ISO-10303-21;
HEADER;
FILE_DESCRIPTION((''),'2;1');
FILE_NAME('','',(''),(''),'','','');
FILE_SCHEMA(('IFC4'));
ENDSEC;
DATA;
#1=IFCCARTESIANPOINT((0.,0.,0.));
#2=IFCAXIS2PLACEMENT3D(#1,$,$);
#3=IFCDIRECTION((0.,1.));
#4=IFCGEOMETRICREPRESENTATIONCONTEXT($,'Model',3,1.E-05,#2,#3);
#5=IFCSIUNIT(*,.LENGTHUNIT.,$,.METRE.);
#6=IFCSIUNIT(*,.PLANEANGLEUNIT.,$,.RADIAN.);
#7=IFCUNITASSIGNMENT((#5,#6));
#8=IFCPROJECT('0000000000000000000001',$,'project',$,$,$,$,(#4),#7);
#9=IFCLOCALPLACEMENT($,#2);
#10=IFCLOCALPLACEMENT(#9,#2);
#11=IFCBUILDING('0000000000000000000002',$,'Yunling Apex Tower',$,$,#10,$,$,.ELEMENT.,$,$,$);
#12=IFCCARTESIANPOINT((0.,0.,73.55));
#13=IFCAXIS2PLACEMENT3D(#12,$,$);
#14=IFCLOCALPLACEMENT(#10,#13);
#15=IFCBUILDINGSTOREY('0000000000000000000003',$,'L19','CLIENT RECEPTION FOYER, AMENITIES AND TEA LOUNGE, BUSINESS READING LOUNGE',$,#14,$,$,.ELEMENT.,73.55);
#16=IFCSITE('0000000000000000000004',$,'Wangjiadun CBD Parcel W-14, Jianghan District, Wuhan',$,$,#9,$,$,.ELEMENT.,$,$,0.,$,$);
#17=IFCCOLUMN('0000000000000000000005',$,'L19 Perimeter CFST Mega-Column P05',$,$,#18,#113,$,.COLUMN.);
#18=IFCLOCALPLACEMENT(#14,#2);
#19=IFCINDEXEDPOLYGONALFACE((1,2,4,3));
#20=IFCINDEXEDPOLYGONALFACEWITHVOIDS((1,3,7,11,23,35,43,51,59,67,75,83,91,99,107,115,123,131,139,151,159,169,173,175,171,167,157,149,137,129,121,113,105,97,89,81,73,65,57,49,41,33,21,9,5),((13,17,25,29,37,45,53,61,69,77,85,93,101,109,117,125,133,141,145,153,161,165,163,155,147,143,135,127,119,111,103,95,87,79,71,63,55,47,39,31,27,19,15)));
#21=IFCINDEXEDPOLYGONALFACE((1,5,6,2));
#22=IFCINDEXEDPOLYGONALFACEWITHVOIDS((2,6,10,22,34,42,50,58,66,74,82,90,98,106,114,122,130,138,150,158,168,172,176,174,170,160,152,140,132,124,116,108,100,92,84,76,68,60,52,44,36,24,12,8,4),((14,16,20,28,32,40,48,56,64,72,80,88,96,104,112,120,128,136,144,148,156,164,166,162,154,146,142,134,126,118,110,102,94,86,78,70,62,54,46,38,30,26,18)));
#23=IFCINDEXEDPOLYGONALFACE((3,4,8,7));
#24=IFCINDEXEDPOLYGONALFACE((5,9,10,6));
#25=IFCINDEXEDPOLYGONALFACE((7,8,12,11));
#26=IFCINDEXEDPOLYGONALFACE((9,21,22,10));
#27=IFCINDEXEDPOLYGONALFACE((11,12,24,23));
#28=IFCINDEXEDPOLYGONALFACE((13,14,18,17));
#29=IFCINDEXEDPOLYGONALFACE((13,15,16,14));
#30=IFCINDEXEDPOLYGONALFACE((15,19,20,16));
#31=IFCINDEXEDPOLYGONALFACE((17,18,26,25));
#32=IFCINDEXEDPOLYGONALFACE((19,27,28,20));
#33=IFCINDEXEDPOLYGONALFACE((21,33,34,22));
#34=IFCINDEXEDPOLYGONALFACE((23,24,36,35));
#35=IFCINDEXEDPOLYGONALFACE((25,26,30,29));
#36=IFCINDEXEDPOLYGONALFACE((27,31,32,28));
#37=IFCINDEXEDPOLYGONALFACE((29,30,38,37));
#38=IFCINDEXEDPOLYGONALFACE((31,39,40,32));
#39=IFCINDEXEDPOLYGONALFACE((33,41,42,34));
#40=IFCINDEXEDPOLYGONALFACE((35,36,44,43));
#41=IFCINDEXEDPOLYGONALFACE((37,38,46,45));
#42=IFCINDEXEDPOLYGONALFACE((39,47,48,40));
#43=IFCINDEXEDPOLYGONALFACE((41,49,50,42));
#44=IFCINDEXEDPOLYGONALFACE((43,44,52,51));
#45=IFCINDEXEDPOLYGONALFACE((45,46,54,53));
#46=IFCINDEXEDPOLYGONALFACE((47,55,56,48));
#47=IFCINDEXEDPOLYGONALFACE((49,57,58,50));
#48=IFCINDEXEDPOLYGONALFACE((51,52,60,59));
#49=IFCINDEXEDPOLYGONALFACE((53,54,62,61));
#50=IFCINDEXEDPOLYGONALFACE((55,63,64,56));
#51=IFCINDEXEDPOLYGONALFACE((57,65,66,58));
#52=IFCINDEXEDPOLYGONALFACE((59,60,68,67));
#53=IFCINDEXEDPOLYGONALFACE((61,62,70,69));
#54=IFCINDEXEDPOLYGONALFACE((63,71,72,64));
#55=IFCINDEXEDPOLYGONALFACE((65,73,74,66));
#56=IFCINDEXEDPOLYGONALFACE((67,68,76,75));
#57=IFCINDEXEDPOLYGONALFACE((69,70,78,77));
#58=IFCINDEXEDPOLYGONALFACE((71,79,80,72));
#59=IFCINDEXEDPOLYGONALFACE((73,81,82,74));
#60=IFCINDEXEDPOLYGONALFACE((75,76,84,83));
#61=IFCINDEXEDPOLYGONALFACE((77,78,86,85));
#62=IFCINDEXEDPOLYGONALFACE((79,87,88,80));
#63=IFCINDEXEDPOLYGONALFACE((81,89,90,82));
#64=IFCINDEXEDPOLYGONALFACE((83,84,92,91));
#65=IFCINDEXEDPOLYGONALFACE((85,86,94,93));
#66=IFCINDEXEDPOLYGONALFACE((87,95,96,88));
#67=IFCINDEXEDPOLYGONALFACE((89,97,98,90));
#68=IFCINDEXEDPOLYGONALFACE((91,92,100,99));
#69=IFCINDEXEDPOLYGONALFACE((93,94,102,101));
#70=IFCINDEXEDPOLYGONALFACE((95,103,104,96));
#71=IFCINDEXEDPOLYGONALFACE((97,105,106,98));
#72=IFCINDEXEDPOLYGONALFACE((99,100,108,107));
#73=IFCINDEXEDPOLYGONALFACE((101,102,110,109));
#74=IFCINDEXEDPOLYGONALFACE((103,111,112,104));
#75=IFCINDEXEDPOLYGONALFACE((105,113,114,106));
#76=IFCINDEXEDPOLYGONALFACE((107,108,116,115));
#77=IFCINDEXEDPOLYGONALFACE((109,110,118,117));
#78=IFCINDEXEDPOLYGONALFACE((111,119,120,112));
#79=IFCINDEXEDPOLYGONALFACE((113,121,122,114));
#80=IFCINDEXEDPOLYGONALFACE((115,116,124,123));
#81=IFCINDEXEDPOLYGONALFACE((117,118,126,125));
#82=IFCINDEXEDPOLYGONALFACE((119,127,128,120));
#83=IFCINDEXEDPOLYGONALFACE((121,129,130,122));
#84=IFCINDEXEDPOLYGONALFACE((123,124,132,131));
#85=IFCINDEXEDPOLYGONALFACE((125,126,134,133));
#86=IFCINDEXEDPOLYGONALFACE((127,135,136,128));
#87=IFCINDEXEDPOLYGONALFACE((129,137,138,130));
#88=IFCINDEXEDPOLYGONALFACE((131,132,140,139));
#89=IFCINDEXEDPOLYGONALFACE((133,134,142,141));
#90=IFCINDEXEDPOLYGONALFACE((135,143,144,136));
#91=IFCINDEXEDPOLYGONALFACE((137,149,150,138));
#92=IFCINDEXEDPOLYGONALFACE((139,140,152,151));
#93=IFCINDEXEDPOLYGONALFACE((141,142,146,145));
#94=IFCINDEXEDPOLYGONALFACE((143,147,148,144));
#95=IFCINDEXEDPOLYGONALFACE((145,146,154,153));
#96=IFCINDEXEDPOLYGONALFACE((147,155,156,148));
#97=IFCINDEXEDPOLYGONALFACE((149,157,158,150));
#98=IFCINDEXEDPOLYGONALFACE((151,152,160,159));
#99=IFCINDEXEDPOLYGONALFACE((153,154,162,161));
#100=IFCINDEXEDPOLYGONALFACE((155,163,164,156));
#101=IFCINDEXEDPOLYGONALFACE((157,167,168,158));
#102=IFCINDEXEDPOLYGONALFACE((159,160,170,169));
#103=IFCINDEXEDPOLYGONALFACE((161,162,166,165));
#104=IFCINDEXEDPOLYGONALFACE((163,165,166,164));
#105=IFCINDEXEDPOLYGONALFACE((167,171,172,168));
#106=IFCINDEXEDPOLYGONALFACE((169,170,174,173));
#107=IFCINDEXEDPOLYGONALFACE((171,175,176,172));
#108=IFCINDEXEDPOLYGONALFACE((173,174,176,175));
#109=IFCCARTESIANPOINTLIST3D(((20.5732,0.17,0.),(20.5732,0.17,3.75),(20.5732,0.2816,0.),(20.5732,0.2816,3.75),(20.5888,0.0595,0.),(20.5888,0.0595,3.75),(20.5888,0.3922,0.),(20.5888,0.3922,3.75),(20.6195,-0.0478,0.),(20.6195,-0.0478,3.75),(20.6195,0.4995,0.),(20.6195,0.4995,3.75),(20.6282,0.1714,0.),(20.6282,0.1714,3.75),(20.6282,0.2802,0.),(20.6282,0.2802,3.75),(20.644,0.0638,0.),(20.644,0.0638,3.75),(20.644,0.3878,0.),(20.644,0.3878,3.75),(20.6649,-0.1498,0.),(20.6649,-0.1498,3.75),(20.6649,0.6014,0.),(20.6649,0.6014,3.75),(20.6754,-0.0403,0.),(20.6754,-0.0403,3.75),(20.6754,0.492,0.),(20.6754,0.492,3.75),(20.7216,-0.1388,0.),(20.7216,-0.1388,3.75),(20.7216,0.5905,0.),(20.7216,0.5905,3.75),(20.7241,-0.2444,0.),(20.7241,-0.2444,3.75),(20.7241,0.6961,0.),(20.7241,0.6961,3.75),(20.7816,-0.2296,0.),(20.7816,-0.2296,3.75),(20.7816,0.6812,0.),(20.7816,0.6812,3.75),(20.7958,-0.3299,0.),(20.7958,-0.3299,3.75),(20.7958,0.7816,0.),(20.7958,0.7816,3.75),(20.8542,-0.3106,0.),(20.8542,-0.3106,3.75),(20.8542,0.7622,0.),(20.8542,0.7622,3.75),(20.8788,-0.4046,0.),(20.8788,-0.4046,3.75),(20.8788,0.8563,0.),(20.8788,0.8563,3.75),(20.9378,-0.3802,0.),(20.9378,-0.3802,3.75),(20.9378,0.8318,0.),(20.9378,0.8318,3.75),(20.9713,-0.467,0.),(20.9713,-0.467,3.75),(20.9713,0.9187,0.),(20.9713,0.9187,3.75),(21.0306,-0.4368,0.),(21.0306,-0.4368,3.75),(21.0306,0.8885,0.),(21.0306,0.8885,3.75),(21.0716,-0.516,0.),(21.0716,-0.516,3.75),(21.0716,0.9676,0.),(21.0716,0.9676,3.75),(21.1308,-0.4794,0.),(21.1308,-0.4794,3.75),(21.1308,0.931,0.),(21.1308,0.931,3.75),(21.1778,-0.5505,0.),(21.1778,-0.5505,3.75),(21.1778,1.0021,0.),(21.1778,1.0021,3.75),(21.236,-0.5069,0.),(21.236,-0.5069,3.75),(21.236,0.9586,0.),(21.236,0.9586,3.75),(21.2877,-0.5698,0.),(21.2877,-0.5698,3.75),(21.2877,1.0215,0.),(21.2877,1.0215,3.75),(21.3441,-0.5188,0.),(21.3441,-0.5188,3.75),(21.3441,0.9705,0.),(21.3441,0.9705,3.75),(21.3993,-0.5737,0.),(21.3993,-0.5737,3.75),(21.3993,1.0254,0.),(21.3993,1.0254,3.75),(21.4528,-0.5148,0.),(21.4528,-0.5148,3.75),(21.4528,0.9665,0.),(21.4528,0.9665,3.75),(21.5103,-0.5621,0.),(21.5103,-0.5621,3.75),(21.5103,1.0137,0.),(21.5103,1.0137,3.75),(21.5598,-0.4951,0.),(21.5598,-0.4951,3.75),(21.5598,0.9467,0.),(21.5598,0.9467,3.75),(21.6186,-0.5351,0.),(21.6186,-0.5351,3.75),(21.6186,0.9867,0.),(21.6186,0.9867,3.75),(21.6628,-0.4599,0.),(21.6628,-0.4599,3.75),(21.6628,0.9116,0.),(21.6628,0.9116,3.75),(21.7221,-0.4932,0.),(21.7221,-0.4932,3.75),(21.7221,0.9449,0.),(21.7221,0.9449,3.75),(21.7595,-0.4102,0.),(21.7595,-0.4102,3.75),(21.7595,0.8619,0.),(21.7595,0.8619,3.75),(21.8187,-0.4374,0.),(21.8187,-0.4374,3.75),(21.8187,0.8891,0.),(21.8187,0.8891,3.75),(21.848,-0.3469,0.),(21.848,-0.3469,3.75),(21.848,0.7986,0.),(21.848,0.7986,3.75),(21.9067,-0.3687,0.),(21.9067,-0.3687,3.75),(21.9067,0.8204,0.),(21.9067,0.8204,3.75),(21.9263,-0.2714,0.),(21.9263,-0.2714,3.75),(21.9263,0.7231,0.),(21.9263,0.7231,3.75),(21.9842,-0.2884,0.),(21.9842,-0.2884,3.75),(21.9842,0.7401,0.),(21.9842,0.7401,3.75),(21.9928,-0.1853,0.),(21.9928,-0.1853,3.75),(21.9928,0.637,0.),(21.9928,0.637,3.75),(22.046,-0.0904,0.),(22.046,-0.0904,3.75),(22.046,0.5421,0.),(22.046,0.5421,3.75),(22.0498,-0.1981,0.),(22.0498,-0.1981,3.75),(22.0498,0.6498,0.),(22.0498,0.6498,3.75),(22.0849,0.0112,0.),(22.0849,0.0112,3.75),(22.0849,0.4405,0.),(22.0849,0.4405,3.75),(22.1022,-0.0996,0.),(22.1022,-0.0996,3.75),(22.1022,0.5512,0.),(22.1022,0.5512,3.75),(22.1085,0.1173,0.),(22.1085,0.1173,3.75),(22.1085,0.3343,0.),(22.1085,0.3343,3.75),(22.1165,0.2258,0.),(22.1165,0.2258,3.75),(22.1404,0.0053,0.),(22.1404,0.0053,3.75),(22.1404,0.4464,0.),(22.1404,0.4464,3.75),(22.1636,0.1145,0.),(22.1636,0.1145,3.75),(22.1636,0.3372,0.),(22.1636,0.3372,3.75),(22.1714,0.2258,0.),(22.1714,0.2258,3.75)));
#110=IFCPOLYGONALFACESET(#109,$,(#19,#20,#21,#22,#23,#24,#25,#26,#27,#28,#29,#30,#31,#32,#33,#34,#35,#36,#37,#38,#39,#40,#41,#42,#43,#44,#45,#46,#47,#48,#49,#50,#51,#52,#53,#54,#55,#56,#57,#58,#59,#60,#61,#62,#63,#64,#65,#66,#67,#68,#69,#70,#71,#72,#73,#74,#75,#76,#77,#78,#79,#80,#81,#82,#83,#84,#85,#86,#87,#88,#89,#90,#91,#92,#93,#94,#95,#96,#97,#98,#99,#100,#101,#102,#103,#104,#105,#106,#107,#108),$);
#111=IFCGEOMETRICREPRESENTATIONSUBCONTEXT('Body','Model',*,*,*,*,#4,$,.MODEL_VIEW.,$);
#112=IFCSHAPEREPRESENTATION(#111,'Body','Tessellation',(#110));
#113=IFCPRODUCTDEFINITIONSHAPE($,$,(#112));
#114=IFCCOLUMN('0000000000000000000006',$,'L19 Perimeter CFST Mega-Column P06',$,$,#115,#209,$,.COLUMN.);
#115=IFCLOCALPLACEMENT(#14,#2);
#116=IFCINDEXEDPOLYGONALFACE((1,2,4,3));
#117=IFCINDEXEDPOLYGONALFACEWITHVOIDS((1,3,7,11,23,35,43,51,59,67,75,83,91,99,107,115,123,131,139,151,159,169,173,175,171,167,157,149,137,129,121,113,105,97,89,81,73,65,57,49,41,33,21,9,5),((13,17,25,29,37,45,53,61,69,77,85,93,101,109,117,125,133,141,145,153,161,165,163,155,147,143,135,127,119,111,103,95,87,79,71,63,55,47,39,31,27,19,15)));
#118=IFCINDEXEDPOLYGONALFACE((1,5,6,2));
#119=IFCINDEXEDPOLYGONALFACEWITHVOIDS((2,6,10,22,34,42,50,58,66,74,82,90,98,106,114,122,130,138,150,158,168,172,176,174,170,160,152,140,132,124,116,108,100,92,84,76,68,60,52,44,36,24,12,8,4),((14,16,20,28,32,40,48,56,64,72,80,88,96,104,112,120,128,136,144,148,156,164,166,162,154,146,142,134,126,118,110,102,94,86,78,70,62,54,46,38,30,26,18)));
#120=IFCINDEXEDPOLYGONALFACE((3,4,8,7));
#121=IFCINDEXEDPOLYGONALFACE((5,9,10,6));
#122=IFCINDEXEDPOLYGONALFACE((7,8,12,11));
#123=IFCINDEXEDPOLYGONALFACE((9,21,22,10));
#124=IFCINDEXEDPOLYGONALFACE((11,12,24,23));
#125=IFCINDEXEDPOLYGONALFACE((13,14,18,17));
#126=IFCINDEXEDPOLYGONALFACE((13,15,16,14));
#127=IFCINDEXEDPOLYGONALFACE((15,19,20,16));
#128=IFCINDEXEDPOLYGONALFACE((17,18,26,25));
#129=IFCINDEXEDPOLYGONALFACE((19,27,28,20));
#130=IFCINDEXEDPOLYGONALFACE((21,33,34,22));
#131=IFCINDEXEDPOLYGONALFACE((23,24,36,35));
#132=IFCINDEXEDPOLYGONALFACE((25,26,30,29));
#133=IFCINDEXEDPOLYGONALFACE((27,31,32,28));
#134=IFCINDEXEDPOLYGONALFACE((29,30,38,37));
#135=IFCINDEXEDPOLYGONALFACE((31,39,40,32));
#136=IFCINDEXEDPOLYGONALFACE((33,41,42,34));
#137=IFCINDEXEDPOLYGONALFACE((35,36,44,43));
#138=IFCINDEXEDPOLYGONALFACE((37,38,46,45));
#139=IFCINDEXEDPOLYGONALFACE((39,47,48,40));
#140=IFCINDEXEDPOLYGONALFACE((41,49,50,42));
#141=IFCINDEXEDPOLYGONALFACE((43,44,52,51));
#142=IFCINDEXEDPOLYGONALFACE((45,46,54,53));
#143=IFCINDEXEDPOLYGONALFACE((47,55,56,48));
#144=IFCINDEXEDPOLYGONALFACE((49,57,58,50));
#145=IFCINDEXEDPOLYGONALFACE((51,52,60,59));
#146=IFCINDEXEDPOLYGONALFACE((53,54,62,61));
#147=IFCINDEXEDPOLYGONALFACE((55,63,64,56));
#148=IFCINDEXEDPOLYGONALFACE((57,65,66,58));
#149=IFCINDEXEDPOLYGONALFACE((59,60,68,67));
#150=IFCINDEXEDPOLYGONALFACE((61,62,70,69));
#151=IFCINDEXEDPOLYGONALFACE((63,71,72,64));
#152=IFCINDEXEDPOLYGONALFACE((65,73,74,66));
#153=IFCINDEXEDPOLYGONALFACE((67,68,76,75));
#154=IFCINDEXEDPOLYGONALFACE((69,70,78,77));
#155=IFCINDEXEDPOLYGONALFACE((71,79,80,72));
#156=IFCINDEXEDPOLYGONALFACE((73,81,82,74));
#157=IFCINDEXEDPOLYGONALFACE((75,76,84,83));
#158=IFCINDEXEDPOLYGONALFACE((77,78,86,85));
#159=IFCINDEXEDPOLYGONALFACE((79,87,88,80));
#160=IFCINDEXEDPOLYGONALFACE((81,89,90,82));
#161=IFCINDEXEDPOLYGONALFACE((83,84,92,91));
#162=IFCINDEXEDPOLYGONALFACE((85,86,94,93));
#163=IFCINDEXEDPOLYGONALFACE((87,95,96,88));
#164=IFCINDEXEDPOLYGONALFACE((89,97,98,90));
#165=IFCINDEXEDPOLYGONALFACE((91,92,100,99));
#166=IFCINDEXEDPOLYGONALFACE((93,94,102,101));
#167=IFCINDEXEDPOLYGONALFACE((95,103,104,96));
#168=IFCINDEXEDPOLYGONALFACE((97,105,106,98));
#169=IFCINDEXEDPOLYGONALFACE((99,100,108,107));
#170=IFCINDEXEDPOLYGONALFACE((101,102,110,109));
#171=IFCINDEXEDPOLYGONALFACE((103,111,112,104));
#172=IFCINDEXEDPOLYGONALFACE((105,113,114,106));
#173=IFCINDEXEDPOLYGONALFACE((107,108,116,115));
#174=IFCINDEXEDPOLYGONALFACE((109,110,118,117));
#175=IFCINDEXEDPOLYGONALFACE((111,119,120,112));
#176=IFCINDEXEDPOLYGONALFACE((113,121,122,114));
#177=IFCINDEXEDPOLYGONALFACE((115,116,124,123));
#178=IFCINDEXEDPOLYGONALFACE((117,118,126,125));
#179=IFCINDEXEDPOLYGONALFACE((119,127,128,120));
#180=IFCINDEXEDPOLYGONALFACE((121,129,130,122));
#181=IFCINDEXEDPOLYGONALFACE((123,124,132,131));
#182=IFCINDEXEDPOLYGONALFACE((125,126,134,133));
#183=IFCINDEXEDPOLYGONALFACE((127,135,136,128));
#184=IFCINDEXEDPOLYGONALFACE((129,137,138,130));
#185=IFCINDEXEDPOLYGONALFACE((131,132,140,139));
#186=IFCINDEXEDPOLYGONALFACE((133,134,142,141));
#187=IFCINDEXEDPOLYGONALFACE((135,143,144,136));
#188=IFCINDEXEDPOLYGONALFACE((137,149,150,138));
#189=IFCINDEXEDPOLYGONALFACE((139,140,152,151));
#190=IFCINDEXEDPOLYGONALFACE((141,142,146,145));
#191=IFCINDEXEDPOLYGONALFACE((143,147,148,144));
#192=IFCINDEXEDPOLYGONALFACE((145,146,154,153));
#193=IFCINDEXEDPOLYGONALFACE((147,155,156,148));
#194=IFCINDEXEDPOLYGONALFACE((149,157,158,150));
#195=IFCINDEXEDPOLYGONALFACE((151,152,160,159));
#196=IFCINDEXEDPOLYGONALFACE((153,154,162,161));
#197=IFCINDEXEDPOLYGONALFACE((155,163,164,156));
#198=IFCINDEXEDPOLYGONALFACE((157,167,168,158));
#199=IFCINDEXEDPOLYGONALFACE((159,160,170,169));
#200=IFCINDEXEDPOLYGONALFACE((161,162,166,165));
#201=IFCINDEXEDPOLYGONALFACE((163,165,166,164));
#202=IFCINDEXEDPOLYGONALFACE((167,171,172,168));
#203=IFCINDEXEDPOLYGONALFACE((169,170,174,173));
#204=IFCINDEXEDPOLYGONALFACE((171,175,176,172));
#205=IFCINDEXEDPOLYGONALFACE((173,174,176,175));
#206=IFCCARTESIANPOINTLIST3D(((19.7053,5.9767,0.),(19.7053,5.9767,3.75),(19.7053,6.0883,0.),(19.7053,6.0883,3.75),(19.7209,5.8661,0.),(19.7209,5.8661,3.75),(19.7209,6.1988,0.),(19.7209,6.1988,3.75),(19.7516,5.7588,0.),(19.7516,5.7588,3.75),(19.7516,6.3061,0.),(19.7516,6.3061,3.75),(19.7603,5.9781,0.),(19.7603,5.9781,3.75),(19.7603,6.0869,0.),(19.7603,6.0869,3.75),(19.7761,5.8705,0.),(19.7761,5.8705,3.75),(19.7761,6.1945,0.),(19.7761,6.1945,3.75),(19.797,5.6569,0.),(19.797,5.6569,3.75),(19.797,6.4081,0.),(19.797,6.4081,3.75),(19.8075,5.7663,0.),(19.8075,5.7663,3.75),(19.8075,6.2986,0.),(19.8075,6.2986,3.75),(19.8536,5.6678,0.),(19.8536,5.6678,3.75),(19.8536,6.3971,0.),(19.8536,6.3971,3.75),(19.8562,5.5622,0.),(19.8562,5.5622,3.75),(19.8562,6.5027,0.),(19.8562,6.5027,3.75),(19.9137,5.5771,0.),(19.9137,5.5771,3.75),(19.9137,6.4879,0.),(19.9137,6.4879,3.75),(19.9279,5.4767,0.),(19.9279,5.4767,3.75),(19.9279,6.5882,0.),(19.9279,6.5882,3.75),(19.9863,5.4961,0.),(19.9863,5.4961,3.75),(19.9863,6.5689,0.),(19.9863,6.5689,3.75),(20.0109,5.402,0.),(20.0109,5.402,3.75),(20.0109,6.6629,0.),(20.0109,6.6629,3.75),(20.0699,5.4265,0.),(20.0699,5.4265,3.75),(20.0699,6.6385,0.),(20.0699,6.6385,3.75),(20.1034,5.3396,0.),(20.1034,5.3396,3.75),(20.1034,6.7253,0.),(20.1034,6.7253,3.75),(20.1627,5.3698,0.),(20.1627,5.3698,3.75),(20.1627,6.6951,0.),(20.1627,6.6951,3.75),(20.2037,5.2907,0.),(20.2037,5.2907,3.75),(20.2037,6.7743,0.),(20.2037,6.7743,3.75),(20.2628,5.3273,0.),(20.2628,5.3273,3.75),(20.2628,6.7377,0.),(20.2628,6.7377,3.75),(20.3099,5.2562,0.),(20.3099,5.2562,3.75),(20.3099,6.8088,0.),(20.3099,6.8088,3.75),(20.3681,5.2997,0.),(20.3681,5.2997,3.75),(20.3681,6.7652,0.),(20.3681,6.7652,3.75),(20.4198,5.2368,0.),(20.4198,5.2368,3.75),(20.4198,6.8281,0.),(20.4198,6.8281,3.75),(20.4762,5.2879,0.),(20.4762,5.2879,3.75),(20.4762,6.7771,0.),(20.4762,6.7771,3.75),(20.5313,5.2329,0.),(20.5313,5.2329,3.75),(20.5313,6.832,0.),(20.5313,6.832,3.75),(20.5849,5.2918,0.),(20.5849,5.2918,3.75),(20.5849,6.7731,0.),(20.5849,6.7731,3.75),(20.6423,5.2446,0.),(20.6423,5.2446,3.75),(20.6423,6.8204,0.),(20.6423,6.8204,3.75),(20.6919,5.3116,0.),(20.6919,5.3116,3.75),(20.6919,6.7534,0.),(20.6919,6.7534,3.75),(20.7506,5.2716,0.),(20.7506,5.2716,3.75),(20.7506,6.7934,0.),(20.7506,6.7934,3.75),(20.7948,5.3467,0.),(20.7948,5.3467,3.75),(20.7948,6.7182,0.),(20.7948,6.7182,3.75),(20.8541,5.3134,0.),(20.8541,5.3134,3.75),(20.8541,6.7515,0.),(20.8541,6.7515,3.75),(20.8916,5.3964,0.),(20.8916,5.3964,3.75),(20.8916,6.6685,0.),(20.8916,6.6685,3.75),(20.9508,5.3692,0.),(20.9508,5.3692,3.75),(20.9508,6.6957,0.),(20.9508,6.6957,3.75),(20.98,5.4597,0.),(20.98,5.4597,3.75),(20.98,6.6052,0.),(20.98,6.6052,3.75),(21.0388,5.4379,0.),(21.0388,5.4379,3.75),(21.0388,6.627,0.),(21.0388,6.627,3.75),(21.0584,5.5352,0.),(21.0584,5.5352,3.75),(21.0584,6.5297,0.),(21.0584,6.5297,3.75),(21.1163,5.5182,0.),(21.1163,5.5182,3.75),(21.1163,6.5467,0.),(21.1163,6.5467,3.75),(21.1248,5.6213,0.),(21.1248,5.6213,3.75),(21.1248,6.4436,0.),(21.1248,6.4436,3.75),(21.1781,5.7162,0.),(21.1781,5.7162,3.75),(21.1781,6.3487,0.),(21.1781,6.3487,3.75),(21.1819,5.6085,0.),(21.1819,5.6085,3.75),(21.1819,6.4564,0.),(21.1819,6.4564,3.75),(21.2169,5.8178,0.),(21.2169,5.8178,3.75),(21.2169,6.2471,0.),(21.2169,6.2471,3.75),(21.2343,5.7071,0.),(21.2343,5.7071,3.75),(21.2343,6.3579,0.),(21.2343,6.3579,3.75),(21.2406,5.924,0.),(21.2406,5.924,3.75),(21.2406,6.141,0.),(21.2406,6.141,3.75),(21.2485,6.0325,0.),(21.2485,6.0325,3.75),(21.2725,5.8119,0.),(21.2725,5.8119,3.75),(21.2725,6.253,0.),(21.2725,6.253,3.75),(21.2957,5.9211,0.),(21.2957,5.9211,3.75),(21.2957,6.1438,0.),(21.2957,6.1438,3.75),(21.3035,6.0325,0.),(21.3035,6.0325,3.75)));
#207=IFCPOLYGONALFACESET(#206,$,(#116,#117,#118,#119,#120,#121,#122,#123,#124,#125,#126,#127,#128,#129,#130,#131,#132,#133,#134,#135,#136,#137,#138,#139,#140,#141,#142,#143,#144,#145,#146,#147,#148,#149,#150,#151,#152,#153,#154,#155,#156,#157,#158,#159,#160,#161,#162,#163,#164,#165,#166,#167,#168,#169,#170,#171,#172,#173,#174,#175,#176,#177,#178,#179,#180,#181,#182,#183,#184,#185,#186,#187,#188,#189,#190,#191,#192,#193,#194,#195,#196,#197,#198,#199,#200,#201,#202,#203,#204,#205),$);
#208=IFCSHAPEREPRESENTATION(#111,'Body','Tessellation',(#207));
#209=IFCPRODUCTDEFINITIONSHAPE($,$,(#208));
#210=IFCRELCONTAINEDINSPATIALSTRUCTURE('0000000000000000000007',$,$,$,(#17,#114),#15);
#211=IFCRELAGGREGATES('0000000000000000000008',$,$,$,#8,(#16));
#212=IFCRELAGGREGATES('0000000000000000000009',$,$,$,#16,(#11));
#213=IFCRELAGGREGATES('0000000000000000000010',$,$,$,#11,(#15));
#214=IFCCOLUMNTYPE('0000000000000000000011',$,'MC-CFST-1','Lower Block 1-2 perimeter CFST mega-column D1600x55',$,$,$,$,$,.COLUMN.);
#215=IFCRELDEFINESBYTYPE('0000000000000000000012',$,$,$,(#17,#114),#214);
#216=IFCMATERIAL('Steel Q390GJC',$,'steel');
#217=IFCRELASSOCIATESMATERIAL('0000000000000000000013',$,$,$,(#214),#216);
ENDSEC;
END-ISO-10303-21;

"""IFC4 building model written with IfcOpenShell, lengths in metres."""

from ifc_helpers import new_model, si_unit, direction, frame, origin, origin_2d, place, context, subcontext, project, spatial, hollow_circle, extrude, source, transform, mapped, material, material_profile, profile_set, type_object, element, save


model = new_model("IFC4")

# Units and contexts
model_context = context("Model", 3, precision=1e-05, world=origin(), true_north=direction((0.0, 1.0)))
body_context = subcontext(model_context, "Body", "Model", "MODEL_VIEW")
ifc_project = project(units=[si_unit("LENGTHUNIT", "METRE"), si_unit("PLANEANGLEUNIT", "RADIAN")], contexts=[model_context])

# Site, building, storey
site_placement = place(None, origin())
site = spatial("IfcSite", under=ifc_project, at=site_placement, Name="Wangjiadun CBD Parcel W-14, Jianghan District, Wuhan", CompositionType="ELEMENT", RefElevation=0.0)
building_placement = place(site_placement, origin())
building = spatial("IfcBuilding", under=site, at=building_placement, Name="Yunling Apex Tower", CompositionType="ELEMENT")
storey_placement = place(building_placement, frame((0.0, 0.0, 73.55)))
storey = spatial("IfcBuildingStorey", under=building, at=storey_placement, Name="L19", Description="CLIENT RECEPTION FOYER, AMENITIES AND TEA LOUNGE, BUSINESS READING LOUNGE", CompositionType="ELEMENT", Elevation=73.55)

# Columns
ifc_material_1 = material(Name="Steel Q390GJC", Category="steel")
ifc_material_profile_1 = material_profile(ifc_material_1, hollow_circle(Radius=0.8, WallThickness=0.0549, at=origin_2d()))
ifc_profile_set_1 = profile_set([ifc_material_profile_1], Name="Steel Q390GJC")
column_type = type_object("IfcColumnType", Name="MC-CFST-1", Description="Lower Block 1-2 perimeter CFST mega-column D1600x55", PredefinedType="COLUMN", material=ifc_profile_set_1)
shared_shape_1 = source(origin(), body_context, "Body", "SweptSolid", [
    extrude(hollow_circle(Radius=0.8, WallThickness=0.0549, at=origin_2d()), origin(), (0.0, 0.0, 1.0), 3.75),
])
for number, where, z_axis, x_axis, name in (
    (1, (21.3713, 0.2258, 0.0), (0.0, 0.0, 1.0), (1.0, 0.0, 0.0), "L19 Perimeter CFST Mega-Column P05"),
    (2, (20.5034, 6.0325, 0.0), (0.0, 0.0, 1.0), (1.0, 0.0, 0.0), "L19 Perimeter CFST Mega-Column P06"),
):
    element("IfcColumn", number, at=place(storey_placement, frame(where, z_axis=z_axis, x_axis=x_axis)), inside=storey, type_object=column_type, Name=name, PredefinedType="COLUMN", context=body_context, shape_type="MappedRepresentation", body=[
        mapped(shared_shape_1, transform((0.0, 0.0, 0.0), scale=1.0)),
    ])

save(model, "model.ifc")
